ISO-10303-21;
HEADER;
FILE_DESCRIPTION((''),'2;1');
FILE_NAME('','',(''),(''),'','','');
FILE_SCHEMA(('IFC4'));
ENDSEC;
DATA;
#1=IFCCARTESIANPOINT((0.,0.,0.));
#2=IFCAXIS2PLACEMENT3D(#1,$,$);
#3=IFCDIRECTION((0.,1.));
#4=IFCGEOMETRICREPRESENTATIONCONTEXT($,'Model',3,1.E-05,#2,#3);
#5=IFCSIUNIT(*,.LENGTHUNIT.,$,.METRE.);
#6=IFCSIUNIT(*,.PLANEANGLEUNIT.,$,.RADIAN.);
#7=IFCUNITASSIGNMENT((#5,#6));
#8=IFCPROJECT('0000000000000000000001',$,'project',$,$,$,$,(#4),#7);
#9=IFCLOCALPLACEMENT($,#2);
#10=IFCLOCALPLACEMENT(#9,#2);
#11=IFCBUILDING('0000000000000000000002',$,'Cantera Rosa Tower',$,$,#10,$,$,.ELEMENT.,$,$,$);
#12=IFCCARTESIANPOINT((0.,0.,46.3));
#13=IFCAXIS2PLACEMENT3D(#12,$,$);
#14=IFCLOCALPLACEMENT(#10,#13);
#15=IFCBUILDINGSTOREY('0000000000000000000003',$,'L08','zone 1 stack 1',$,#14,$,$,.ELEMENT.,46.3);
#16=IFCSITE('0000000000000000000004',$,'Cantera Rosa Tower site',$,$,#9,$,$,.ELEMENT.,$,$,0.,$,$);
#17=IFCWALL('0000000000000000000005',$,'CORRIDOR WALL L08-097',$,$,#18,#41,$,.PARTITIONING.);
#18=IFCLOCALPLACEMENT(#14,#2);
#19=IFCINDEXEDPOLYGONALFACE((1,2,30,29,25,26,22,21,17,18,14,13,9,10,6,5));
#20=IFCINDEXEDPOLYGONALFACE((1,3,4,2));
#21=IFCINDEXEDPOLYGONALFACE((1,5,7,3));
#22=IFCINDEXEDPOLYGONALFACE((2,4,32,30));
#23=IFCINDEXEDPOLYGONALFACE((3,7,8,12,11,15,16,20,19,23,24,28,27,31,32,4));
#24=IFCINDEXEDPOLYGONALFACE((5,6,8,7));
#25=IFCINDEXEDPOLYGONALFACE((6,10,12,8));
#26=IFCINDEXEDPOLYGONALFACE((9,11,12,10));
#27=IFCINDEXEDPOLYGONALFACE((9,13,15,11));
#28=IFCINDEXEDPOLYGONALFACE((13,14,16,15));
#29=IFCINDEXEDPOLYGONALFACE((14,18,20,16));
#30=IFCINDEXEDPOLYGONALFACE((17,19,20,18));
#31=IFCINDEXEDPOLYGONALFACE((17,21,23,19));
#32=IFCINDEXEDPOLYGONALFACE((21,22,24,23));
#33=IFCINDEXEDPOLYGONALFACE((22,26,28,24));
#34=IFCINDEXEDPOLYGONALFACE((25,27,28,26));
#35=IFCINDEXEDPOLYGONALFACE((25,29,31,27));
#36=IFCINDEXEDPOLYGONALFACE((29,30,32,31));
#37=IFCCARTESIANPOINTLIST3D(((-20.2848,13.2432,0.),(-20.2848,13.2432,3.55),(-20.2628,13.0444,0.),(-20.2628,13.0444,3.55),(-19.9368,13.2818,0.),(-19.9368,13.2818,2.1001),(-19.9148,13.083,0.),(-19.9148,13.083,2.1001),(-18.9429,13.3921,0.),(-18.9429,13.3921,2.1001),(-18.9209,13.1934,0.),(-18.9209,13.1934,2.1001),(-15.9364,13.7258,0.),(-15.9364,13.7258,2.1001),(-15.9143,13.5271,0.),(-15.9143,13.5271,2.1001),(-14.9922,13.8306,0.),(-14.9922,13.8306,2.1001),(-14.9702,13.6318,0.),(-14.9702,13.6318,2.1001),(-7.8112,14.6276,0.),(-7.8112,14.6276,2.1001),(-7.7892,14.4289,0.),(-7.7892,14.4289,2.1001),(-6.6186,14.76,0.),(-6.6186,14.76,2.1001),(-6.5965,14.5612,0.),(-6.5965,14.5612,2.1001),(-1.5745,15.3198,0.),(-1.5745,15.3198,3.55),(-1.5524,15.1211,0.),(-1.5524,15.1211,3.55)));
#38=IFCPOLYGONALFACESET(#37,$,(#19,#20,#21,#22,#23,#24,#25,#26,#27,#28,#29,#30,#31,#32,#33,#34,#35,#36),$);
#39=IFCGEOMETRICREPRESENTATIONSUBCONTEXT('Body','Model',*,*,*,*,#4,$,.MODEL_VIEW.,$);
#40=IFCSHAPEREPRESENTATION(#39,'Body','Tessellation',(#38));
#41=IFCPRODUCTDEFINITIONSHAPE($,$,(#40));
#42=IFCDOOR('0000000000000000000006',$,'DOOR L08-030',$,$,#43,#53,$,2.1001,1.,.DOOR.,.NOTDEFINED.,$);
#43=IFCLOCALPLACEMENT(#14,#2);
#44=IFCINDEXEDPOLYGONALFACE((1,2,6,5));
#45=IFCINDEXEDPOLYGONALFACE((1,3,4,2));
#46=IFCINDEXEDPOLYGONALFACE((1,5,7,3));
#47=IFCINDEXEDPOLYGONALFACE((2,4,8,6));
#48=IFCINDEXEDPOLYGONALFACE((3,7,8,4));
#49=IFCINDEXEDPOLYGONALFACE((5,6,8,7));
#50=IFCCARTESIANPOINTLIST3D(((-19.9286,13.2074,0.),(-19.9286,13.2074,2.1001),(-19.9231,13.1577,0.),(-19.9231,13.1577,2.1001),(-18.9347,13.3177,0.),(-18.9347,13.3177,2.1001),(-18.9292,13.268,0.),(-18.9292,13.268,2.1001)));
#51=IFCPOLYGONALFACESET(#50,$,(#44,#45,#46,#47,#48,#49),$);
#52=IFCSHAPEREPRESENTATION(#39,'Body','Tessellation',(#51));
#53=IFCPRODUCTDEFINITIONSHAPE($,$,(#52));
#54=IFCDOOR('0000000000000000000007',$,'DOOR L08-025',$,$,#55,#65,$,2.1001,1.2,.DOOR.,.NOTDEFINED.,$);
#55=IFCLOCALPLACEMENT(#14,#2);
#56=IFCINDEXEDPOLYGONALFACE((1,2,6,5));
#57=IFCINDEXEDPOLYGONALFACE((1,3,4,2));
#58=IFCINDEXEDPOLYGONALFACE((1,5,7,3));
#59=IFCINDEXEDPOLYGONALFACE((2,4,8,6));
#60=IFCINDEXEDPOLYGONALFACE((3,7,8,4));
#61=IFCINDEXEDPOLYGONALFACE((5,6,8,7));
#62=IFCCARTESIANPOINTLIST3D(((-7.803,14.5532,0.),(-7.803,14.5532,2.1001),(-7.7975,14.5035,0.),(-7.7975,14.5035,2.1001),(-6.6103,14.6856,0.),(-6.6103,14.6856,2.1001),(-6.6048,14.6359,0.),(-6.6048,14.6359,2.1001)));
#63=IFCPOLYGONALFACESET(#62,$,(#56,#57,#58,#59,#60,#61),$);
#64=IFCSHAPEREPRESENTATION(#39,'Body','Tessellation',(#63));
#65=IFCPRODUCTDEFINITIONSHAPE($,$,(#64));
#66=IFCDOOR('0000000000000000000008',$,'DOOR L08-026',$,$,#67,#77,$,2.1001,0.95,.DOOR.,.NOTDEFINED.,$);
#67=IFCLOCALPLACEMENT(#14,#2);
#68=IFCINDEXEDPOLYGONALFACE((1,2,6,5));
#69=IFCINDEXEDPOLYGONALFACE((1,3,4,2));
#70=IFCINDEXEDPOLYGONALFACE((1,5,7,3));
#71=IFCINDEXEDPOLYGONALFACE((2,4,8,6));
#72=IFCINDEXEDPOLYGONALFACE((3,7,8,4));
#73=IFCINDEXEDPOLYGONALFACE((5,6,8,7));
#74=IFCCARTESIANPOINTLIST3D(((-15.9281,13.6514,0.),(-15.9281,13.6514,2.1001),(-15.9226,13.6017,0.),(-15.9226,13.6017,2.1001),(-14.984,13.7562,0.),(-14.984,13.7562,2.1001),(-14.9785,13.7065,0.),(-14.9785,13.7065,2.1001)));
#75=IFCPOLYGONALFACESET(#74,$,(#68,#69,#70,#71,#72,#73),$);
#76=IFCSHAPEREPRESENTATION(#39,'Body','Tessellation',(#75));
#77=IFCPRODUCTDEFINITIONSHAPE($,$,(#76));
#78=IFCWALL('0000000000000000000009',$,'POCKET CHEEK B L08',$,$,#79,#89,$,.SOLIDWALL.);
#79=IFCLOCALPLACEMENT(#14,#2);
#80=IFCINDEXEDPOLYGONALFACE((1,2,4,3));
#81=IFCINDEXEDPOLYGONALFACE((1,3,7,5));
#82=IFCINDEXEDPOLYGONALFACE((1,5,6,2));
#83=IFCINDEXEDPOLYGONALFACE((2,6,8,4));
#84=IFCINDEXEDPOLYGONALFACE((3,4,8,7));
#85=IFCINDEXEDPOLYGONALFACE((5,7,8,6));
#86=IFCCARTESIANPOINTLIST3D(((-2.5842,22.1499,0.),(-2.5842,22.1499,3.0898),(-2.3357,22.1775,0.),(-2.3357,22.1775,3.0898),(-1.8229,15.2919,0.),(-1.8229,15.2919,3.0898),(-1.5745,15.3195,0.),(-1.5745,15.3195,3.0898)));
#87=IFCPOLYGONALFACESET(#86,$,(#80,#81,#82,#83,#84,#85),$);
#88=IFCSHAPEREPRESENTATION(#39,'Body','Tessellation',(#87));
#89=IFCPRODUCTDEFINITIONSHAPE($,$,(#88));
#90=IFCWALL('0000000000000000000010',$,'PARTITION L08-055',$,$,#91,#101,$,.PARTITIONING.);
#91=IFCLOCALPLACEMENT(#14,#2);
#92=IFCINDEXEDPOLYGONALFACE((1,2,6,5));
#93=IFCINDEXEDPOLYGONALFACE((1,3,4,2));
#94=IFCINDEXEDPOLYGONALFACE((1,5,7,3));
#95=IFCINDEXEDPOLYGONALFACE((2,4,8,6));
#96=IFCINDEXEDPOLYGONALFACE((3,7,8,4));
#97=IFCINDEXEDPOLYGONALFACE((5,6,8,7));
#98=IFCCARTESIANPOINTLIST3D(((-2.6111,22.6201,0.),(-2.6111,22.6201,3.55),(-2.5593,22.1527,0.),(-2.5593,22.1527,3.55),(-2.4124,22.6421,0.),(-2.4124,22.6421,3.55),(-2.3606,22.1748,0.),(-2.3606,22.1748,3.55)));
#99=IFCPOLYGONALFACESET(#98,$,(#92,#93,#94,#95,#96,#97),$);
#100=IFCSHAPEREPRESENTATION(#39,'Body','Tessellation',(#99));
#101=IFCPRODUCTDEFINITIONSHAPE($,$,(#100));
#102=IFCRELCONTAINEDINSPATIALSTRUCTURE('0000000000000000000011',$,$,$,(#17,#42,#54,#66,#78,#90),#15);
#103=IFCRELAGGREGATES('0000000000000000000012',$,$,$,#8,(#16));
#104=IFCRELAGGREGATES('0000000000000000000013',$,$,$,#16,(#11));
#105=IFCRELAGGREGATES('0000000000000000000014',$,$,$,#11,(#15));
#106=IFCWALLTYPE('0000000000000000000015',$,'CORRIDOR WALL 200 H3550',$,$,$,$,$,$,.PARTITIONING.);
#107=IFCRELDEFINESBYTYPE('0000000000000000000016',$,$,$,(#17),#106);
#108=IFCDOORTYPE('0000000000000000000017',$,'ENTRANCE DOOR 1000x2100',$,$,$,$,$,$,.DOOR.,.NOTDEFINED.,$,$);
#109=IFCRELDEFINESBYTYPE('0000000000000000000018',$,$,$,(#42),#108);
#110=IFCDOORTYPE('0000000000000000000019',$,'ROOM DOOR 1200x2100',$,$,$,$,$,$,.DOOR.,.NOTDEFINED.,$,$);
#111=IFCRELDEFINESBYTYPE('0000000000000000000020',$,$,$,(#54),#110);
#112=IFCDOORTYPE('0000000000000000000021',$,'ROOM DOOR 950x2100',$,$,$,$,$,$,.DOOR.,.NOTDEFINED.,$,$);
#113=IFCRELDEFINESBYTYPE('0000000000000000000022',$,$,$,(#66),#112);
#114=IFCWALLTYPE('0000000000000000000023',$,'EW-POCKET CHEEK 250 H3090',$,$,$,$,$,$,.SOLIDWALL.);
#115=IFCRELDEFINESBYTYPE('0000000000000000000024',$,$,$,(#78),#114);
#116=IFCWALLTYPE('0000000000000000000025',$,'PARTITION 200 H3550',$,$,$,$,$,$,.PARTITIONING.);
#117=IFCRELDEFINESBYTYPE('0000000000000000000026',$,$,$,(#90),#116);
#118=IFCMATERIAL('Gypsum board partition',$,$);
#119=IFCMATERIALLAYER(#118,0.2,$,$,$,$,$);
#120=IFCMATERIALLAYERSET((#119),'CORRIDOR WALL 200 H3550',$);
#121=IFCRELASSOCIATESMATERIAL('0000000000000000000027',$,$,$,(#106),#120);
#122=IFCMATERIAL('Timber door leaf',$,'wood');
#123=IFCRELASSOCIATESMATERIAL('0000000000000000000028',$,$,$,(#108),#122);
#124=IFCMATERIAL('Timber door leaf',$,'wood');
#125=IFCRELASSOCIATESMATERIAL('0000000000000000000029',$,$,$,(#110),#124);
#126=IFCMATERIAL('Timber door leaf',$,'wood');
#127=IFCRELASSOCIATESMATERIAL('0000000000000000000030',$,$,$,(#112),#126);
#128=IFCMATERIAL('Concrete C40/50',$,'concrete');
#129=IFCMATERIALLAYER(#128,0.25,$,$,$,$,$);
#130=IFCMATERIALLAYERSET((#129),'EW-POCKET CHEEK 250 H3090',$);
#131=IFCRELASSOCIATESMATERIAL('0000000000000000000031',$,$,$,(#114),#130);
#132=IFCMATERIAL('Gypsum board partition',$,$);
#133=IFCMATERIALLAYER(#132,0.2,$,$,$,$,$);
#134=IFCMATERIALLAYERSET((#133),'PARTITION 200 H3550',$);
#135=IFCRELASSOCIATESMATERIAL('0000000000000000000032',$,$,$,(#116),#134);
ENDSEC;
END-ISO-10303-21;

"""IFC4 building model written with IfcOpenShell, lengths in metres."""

from ifc_helpers import new_model, si_unit, direction, frame, frame_2d, origin, place, context, subcontext, project, spatial, rectangle, extrude, material, layer, layer_set, type_object, element, fill, save


model = new_model("IFC4")

# Units and contexts
model_context = context("Model", 3, precision=1e-05, world=origin(), true_north=direction((0.0, 1.0)))
body_context = subcontext(model_context, "Body", "Model", "MODEL_VIEW")
ifc_project = project(units=[si_unit("LENGTHUNIT", "METRE"), si_unit("PLANEANGLEUNIT", "RADIAN")], contexts=[model_context])

# Site, building, storey
site_placement = place(None, origin())
site = spatial("IfcSite", under=ifc_project, at=site_placement, Name="Cantera Rosa Tower site", CompositionType="ELEMENT", RefElevation=0.0)
building_placement = place(site_placement, origin())
building = spatial("IfcBuilding", under=site, at=building_placement, Name="Cantera Rosa Tower", CompositionType="ELEMENT")
storey_placement = place(building_placement, frame((0.0, 0.0, 46.3)))
storey = spatial("IfcBuildingStorey", under=building, at=storey_placement, Name="L08", Description="zone 1 stack 1", CompositionType="ELEMENT", Elevation=46.3)

# Wall, openings, doors
ifc_material_1 = material(Name="Gypsum board partition")
ifc_layer_1 = layer(ifc_material_1, 0.2)
ifc_layer_set_1 = layer_set([ifc_layer_1], Name="CORRIDOR WALL 200 H3550")
wall_type_1 = type_object("IfcWallType", Name="CORRIDOR WALL 200 H3550", PredefinedType="PARTITIONING", material=ifc_layer_set_1)
wall_1_placement = place(storey_placement, frame((-1.5635, 15.2205, 0.0), z_axis=(0.0, 0.0, 1.0), x_axis=(-0.993897, -0.110313, 0.0)))
wall_1 = element("IfcWall", 1, at=wall_1_placement, inside=storey, type_object=wall_type_1, Name="CORRIDOR WALL L08-097", PredefinedType="PARTITIONING", context=body_context, shape_type="SweptSolid", body=[
    extrude(rectangle(XDim=18.8252, YDim=0.2, at=frame_2d((9.4126, 0.0))), origin(), (0.0, 0.0, 1.0), 3.55),
])
opening_1_placement = place(wall_1_placement, frame((5.075, 0.0, 0.0)))
opening_1 = element("IfcOpeningElement", 2, at=opening_1_placement, cuts=wall_1, PredefinedType="OPENING", context=body_context, shape_type="SweptSolid", body=[
    extrude(rectangle(XDim=1.2, YDim=2.1001, at=frame_2d((0.6001, 1.05))), frame((0.0, 0.1099, 0.0), z_axis=(0.0, -1.0, 0.0), x_axis=(1.0, 0.0, 0.0)), (0.0, 0.0, 1.0), 0.22),
])
opening_2_placement = place(wall_1_placement, frame((13.5, 0.0, 0.0)))
opening_2 = element("IfcOpeningElement", 3, at=opening_2_placement, cuts=wall_1, PredefinedType="OPENING", context=body_context, shape_type="SweptSolid", body=[
    extrude(rectangle(XDim=0.95, YDim=2.1001, at=frame_2d((0.4751, 1.05))), frame((0.0, 0.1099, 0.0), z_axis=(0.0, -1.0, 0.0), x_axis=(1.0, 0.0, 0.0)), (0.0, 0.0, 1.0), 0.22),
])
opening_3_placement = place(wall_1_placement, frame((17.4751, 0.0, 0.0)))
opening_3 = element("IfcOpeningElement", 4, at=opening_3_placement, cuts=wall_1, PredefinedType="OPENING", context=body_context, shape_type="SweptSolid", body=[
    extrude(rectangle(XDim=1.0, YDim=2.1001, at=frame_2d((0.5, 1.05))), frame((0.0, 0.1099, 0.0), z_axis=(0.0, -1.0, 0.0), x_axis=(1.0, 0.0, 0.0)), (0.0, 0.0, 1.0), 0.22),
])
ifc_material_2 = material(Name="Timber door leaf", Category="wood")
door_type_1 = type_object("IfcDoorType", Name="ENTRANCE DOOR 1000x2100", OperationType="NOTDEFINED", PredefinedType="DOOR", material=ifc_material_2)
door_1_placement = place(opening_3_placement, origin())
door_1 = element("IfcDoor", 5, at=door_1_placement, inside=storey, type_object=door_type_1, Name="DOOR L08-030", OperationType="NOTDEFINED", OverallHeight=2.1001, OverallWidth=1.0, PredefinedType="DOOR", context=body_context, shape_type="SweptSolid", body=[
    extrude(rectangle(XDim=1.0, YDim=2.1001, at=frame_2d((0.5, 1.05))), frame((0.0, 0.0249, 0.0), z_axis=(0.0, -1.0, 0.0), x_axis=(1.0, 0.0, 0.0)), (0.0, 0.0, 1.0), 0.05),
])
fill(opening_3, door_1)
ifc_material_3 = material(Name="Timber door leaf", Category="wood")
door_type_2 = type_object("IfcDoorType", Name="ROOM DOOR 1200x2100", OperationType="NOTDEFINED", PredefinedType="DOOR", material=ifc_material_3)
door_2_placement = place(opening_1_placement, origin())
door_2 = element("IfcDoor", 6, at=door_2_placement, inside=storey, type_object=door_type_2, Name="DOOR L08-025", OperationType="NOTDEFINED", OverallHeight=2.1001, OverallWidth=1.2, PredefinedType="DOOR", context=body_context, shape_type="SweptSolid", body=[
    extrude(rectangle(XDim=1.2, YDim=2.1001, at=frame_2d((0.6001, 1.05))), frame((0.0, 0.0249, 0.0), z_axis=(0.0, -1.0, 0.0), x_axis=(1.0, 0.0, 0.0)), (0.0, 0.0, 1.0), 0.05),
])
fill(opening_1, door_2)
ifc_material_4 = material(Name="Timber door leaf", Category="wood")
door_type_3 = type_object("IfcDoorType", Name="ROOM DOOR 950x2100", OperationType="NOTDEFINED", PredefinedType="DOOR", material=ifc_material_4)
door_3_placement = place(opening_2_placement, origin())
door_3 = element("IfcDoor", 7, at=door_3_placement, inside=storey, type_object=door_type_3, Name="DOOR L08-026", OperationType="NOTDEFINED", OverallHeight=2.1001, OverallWidth=0.95, PredefinedType="DOOR", context=body_context, shape_type="SweptSolid", body=[
    extrude(rectangle(XDim=0.95, YDim=2.1001, at=frame_2d((0.4751, 1.05))), frame((0.0, 0.0249, 0.0), z_axis=(0.0, -1.0, 0.0), x_axis=(1.0, 0.0, 0.0)), (0.0, 0.0, 1.0), 0.05),
])
fill(opening_2, door_3)

# Walls
ifc_material_5 = material(Name="Concrete C40/50", Category="concrete")
ifc_layer_2 = layer(ifc_material_5, 0.25)
ifc_layer_set_2 = layer_set([ifc_layer_2], Name="EW-POCKET CHEEK 250 H3090")
wall_type_2 = type_object("IfcWallType", Name="EW-POCKET CHEEK 250 H3090", PredefinedType="SOLIDWALL", material=ifc_layer_set_2)
wall_2_placement = place(storey_placement, frame((-2.46, 22.1638, 0.0), z_axis=(0.0, 0.0, 1.0), x_axis=(0.110323, -0.993896, 0.0)))
element("IfcWall", 8, at=wall_2_placement, inside=storey, type_object=wall_type_2, Name="POCKET CHEEK B L08", PredefinedType="SOLIDWALL", context=body_context, shape_type="SweptSolid", body=[
    extrude(rectangle(XDim=6.9001, YDim=0.25, at=frame_2d((3.4502, 0.0))), origin(), (0.0, 0.0, 1.0), 3.0898),
])
ifc_material_6 = material(Name="Gypsum board partition")
ifc_layer_3 = layer(ifc_material_6, 0.2)
ifc_layer_set_3 = layer_set([ifc_layer_3], Name="PARTITION 200 H3550")
wall_type_3 = type_object("IfcWallType", Name="PARTITION 200 H3550", PredefinedType="PARTITIONING", material=ifc_layer_set_3)
wall_3_placement = place(storey_placement, frame((-2.5117, 22.6311, 0.0), z_axis=(0.0, 0.0, 1.0), x_axis=(0.11009, -0.993922, 0.0)))
element("IfcWall", 9, at=wall_3_placement, inside=storey, type_object=wall_type_3, Name="PARTITION L08-055", PredefinedType="PARTITIONING", context=body_context, shape_type="SweptSolid", body=[
    extrude(rectangle(XDim=0.4702, YDim=0.2, at=frame_2d((0.2351, 0.0))), origin(), (0.0, 0.0, 1.0), 3.55),
])

save(model, "model.ifc")
